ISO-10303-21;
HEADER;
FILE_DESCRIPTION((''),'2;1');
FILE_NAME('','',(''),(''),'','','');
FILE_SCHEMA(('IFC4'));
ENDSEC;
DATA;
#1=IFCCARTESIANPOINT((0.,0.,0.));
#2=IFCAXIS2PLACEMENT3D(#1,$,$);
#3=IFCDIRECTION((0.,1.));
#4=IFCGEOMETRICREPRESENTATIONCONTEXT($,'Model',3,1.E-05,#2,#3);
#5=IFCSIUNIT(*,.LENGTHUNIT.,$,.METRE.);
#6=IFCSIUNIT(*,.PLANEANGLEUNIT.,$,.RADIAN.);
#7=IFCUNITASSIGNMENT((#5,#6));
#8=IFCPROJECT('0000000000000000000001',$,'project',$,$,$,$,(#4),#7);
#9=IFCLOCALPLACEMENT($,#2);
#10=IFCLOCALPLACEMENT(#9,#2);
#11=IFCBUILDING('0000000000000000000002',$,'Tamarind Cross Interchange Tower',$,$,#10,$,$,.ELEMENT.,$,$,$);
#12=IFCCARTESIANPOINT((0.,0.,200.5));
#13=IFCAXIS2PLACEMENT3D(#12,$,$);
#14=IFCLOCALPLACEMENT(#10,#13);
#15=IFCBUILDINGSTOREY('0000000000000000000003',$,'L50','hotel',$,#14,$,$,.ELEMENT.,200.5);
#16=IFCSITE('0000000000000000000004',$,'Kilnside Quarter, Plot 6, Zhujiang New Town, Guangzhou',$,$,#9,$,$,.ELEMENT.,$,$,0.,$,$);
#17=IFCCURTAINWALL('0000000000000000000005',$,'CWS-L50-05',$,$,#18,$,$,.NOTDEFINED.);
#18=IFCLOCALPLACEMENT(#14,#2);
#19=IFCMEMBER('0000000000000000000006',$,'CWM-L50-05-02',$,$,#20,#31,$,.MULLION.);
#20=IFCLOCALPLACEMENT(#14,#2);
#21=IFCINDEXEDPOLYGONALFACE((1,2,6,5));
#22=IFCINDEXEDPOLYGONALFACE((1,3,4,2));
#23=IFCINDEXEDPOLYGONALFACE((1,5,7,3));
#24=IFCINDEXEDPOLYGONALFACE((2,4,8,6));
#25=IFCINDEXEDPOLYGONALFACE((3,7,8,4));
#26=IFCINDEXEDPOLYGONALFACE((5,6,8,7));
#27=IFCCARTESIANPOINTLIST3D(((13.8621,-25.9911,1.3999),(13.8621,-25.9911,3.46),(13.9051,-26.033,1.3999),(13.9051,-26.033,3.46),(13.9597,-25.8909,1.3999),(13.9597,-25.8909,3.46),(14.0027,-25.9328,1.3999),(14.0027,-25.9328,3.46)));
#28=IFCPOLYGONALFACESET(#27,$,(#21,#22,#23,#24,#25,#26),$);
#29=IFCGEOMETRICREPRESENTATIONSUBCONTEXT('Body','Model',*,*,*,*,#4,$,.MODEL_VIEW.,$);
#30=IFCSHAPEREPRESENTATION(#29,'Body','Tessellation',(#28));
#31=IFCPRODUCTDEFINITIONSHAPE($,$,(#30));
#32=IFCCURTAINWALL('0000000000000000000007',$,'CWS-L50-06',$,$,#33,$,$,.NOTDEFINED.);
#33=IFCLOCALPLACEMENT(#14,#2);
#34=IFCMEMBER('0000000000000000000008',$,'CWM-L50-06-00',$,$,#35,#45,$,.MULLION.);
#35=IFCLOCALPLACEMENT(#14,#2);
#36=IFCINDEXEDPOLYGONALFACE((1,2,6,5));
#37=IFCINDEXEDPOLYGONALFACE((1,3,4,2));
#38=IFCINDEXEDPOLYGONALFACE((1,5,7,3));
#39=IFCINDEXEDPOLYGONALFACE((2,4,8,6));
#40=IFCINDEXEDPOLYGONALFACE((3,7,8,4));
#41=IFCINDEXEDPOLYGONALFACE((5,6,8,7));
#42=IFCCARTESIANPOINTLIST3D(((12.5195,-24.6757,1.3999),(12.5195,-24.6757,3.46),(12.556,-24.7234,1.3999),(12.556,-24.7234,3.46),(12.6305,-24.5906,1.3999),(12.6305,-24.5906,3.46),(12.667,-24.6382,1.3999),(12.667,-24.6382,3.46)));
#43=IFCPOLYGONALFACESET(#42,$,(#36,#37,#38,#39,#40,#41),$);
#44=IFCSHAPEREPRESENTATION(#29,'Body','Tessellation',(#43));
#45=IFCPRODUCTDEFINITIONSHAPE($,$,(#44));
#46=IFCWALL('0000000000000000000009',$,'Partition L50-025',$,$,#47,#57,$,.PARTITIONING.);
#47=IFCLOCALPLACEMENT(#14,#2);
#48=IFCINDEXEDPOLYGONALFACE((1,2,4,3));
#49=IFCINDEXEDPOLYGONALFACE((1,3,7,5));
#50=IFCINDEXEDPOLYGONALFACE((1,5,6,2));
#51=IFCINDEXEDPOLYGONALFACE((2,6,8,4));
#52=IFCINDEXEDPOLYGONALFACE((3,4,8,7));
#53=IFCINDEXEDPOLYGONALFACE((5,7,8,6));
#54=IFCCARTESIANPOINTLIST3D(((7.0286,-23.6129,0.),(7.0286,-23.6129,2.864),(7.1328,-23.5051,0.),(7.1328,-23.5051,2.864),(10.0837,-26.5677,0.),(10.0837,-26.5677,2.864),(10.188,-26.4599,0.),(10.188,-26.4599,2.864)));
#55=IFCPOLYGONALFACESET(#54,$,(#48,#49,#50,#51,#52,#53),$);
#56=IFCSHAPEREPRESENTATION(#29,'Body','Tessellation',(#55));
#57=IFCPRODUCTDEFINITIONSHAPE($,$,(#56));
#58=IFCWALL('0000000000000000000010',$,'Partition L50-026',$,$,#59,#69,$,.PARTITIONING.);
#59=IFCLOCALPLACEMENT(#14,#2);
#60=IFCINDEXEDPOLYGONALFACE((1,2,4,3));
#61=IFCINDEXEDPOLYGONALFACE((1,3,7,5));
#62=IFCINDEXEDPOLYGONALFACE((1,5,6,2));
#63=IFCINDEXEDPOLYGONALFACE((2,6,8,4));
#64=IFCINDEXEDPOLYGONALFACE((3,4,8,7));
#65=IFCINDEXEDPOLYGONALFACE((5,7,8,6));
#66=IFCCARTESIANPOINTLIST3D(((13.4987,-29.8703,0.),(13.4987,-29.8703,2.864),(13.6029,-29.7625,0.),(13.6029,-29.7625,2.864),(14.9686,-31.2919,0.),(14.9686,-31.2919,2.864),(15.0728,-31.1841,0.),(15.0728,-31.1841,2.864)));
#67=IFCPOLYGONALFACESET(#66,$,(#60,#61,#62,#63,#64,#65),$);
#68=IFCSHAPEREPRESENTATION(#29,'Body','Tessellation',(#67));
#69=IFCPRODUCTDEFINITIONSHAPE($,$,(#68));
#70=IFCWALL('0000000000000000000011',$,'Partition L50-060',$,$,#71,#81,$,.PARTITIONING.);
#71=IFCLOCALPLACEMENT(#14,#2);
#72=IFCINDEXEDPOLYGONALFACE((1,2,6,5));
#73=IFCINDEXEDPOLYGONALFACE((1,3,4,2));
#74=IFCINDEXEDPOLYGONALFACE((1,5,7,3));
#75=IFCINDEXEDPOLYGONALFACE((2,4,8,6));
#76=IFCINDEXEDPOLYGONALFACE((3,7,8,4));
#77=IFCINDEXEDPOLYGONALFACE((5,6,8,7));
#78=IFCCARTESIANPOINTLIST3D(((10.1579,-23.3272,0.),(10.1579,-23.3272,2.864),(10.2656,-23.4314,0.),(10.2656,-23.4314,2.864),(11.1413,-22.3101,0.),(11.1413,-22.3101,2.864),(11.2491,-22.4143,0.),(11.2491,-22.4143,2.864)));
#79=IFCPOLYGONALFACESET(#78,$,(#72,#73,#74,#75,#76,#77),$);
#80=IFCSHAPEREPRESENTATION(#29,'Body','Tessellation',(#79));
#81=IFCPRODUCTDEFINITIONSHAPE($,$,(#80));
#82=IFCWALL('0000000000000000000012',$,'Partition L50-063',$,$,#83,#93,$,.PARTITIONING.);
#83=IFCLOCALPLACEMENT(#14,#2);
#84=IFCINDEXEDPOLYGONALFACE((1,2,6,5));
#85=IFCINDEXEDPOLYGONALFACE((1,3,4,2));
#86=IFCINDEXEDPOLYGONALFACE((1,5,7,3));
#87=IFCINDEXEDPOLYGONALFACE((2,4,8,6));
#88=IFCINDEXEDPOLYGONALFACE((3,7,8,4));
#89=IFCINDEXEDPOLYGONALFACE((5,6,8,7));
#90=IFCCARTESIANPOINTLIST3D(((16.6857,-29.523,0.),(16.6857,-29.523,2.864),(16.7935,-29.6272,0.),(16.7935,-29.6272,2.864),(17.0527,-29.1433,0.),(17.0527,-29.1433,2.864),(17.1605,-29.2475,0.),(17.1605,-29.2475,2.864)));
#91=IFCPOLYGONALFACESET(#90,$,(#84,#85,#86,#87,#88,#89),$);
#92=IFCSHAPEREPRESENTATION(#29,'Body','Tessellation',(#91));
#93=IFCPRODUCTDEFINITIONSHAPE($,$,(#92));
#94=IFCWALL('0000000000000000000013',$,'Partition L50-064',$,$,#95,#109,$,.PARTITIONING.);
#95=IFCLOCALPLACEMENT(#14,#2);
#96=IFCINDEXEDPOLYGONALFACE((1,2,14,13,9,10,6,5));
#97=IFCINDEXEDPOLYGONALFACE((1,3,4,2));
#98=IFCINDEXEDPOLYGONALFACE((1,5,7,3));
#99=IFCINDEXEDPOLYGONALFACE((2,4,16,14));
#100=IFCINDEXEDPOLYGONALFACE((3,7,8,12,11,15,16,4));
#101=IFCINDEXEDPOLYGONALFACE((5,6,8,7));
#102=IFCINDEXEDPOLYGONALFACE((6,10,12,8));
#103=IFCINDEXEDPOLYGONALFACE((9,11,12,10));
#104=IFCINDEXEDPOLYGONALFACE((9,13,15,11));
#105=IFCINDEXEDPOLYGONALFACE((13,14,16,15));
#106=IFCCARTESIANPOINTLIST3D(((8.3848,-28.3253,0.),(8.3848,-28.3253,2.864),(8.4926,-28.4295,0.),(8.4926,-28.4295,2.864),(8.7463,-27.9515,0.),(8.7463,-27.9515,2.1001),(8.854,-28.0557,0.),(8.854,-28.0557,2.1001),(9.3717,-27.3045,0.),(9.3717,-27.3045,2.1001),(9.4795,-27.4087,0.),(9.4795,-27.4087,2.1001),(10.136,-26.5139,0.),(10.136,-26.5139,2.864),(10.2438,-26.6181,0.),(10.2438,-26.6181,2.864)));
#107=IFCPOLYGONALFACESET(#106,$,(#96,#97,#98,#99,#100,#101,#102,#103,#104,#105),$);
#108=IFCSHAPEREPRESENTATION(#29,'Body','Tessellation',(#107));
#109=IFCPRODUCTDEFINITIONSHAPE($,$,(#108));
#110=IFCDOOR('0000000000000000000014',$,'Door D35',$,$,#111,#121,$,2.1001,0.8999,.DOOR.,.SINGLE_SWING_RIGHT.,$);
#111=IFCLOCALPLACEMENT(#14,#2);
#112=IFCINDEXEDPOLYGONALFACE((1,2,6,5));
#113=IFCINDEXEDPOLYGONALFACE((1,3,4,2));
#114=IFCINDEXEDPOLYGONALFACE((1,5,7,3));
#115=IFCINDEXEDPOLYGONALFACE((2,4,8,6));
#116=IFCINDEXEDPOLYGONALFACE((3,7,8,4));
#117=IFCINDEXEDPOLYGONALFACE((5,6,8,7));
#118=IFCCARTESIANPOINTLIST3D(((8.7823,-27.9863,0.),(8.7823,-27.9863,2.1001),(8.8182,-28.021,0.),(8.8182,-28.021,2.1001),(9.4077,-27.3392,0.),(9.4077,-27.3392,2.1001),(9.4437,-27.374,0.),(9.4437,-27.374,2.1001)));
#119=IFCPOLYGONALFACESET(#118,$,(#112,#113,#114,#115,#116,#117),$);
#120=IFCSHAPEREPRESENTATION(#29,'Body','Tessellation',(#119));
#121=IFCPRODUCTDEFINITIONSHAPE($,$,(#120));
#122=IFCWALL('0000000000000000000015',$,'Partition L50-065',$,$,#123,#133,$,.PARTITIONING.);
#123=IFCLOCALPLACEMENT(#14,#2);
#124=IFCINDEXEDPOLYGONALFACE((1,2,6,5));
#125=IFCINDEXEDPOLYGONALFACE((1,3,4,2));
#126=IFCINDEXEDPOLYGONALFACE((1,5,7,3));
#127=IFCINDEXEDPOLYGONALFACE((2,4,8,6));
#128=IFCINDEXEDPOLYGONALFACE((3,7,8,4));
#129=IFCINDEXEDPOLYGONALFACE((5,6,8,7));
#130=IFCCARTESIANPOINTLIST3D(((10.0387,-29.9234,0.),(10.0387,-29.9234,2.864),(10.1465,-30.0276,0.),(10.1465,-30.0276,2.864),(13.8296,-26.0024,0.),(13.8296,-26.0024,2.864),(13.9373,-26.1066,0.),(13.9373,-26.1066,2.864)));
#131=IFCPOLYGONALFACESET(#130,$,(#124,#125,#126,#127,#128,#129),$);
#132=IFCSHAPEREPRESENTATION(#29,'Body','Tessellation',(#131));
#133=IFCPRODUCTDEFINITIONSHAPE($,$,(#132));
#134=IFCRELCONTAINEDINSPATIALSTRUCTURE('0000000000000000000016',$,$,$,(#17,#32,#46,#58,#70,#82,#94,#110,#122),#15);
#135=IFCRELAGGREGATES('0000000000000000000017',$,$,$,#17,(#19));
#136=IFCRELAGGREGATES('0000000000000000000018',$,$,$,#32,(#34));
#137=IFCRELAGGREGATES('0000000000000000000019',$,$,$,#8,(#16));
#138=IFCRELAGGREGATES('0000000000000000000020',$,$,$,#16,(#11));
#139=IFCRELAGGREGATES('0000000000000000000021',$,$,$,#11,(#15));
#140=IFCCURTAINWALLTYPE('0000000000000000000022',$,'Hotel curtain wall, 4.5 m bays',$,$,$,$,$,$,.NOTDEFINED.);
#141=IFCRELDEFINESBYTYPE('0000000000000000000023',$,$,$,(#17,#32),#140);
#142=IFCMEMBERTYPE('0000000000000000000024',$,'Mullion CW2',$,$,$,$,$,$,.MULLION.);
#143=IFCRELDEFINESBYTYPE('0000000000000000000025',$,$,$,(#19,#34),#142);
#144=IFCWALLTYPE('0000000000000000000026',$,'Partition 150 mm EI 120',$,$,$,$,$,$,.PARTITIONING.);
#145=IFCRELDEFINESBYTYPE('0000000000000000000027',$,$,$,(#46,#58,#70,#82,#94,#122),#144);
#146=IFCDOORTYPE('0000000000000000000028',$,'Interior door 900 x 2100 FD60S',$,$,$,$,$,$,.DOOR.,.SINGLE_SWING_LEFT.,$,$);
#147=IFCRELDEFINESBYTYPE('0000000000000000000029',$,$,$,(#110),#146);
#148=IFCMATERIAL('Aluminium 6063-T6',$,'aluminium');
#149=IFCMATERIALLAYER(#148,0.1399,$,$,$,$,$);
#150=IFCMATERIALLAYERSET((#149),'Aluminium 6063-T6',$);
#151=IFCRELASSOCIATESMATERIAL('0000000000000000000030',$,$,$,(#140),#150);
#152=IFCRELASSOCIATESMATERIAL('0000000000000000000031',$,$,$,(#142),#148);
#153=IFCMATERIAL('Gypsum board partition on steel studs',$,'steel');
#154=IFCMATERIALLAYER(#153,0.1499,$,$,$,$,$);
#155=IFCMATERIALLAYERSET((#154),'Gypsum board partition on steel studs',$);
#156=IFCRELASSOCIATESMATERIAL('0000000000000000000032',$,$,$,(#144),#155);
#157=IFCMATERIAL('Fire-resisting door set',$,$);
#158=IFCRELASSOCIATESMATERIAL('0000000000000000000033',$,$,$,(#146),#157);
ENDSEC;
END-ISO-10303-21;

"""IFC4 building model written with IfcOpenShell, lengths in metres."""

from ifc_helpers import new_model, si_unit, direction, frame, frame_2d, origin, origin_2d, place, context, subcontext, project, spatial, rectangle, extrude, material, layer, layer_set, material_profile, profile_set, type_object, element, fill, aggregate, save


model = new_model("IFC4")

# Units and contexts
model_context = context("Model", 3, precision=1e-05, world=origin(), true_north=direction((0.0, 1.0)))
body_context = subcontext(model_context, "Body", "Model", "MODEL_VIEW")
ifc_project = project(units=[si_unit("LENGTHUNIT", "METRE"), si_unit("PLANEANGLEUNIT", "RADIAN")], contexts=[model_context])

# Site, building, storey
site_placement = place(None, origin())
site = spatial("IfcSite", under=ifc_project, at=site_placement, Name="Kilnside Quarter, Plot 6, Zhujiang New Town, Guangzhou", CompositionType="ELEMENT", RefElevation=0.0)
building_placement = place(site_placement, origin())
building = spatial("IfcBuilding", under=site, at=building_placement, Name="Tamarind Cross Interchange Tower", CompositionType="ELEMENT")
storey_placement = place(building_placement, frame((0.0, 0.0, 200.5)))
storey = spatial("IfcBuildingStorey", under=building, at=storey_placement, Name="L50", Description="hotel", CompositionType="ELEMENT", Elevation=200.5)

# Curtain wall, member
ifc_material_1 = material(Name="Aluminium 6063-T6", Category="aluminium")
ifc_layer_1 = layer(ifc_material_1, 0.1399)
ifc_layer_set_1 = layer_set([ifc_layer_1], Name="Aluminium 6063-T6")
curtain_wall_type = type_object("IfcCurtainWallType", Name="Hotel curtain wall, 4.5 m bays", PredefinedType="NOTDEFINED", material=ifc_layer_set_1)
curtain_wall_1_placement = place(storey_placement, origin())
curtain_wall_1 = element("IfcCurtainWall", 1, at=curtain_wall_1_placement, inside=storey, type_object=curtain_wall_type, Name="CWS-L50-05", PredefinedType="NOTDEFINED")
ifc_material_profile_1 = material_profile(ifc_material_1, rectangle(XDim=0.0601, YDim=0.1399, at=origin_2d()), Name="Mullion CW2")
ifc_profile_set_1 = profile_set([ifc_material_profile_1], Name="Aluminium 6063-T6")
member_type = type_object("IfcMemberType", Name="Mullion CW2", PredefinedType="MULLION", material=ifc_profile_set_1)
member_1_placement = place(storey_placement, frame((13.9324, -25.9619, 1.3999), z_axis=(0.0, 0.0, 1.0), x_axis=(-0.716215, 0.69788, 0.0)))
member_1 = element("IfcMember", 2, at=member_1_placement, type_object=member_type, Name="CWM-L50-05-02", PredefinedType="MULLION", context=body_context, shape_type="SweptSolid", body=[
    extrude(rectangle(XDim=0.0601, YDim=0.1399, at=origin_2d()), origin(), (0.0, 0.0, 1.0), 2.0601),
])
aggregate(curtain_wall_1, [member_1])

# Curtain wall, member
curtain_wall_2_placement = place(storey_placement, origin())
curtain_wall_2 = element("IfcCurtainWall", 3, at=curtain_wall_2_placement, inside=storey, type_object=curtain_wall_type, Name="CWS-L50-06", PredefinedType="NOTDEFINED")
member_2_placement = place(storey_placement, frame((12.5933, -24.657, 1.3999), z_axis=(0.0, 0.0, 1.0), x_axis=(-0.608576, 0.793496, 0.0)))
member_2 = element("IfcMember", 4, at=member_2_placement, type_object=member_type, Name="CWM-L50-06-00", PredefinedType="MULLION", context=body_context, shape_type="SweptSolid", body=[
    extrude(rectangle(XDim=0.0601, YDim=0.1399, at=origin_2d()), origin(), (0.0, 0.0, 1.0), 2.0601),
])
aggregate(curtain_wall_2, [member_2])

# Walls
ifc_material_2 = material(Name="Gypsum board partition on steel studs", Category="steel")
ifc_layer_2 = layer(ifc_material_2, 0.1499)
ifc_layer_set_2 = layer_set([ifc_layer_2], Name="Gypsum board partition on steel studs")
wall_type = type_object("IfcWallType", Name="Partition 150 mm EI 120", PredefinedType="PARTITIONING", material=ifc_layer_set_2)
wall_1_placement = place(storey_placement, frame((7.0808, -23.5591, 0.0), z_axis=(0.0, 0.0, 1.0), x_axis=(0.718812, -0.695204, 0.0)))
element("IfcWall", 5, at=wall_1_placement, inside=storey, type_object=wall_type, Name="Partition L50-025", PredefinedType="PARTITIONING", context=body_context, shape_type="SweptSolid", body=[
    extrude(rectangle(XDim=4.2502, YDim=0.1499, at=frame_2d((2.125, 0.0))), origin(), (0.0, 0.0, 1.0), 2.864),
])
wall_2_placement = place(storey_placement, frame((13.5508, -29.8164, 0.0), z_axis=(0.0, 0.0, 1.0), x_axis=(0.718827, -0.695189, 0.0)))
element("IfcWall", 6, at=wall_2_placement, inside=storey, type_object=wall_type, Name="Partition L50-026", PredefinedType="PARTITIONING", context=body_context, shape_type="SweptSolid", body=[
    extrude(rectangle(XDim=2.0449, YDim=0.1499, at=frame_2d((1.0225, 0.0))), origin(), (0.0, 0.0, 1.0), 2.864),
])
wall_3_placement = place(storey_placement, frame((10.2117, -23.3794, 0.0), z_axis=(0.0, 0.0, 1.0), x_axis=(0.695099, 0.718914, 0.0)))
element("IfcWall", 7, at=wall_3_placement, inside=storey, type_object=wall_type, Name="Partition L50-060", PredefinedType="PARTITIONING", context=body_context, shape_type="SweptSolid", body=[
    extrude(rectangle(XDim=1.4148, YDim=0.1499, at=frame_2d((0.7075, 0.0))), origin(), (0.0, 0.0, 1.0), 2.864),
])
wall_4_placement = place(storey_placement, frame((16.7395, -29.5752, 0.0), z_axis=(0.0, 0.0, 1.0), x_axis=(0.694982, 0.719027, 0.0)))
element("IfcWall", 8, at=wall_4_placement, inside=storey, type_object=wall_type, Name="Partition L50-063", PredefinedType="PARTITIONING", context=body_context, shape_type="SweptSolid", body=[
    extrude(rectangle(XDim=0.5281, YDim=0.1499, at=frame_2d((0.2642, 0.0))), origin(), (0.0, 0.0, 1.0), 2.864),
])

# Wall, opening, door
wall_5_placement = place(storey_placement, frame((8.4387, -28.3774, 0.0), z_axis=(0.0, 0.0, 1.0), x_axis=(0.695039, 0.718972, 0.0)))
wall_5 = element("IfcWall", 9, at=wall_5_placement, inside=storey, type_object=wall_type, Name="Partition L50-064", PredefinedType="PARTITIONING", context=body_context, shape_type="SweptSolid", body=[
    extrude(rectangle(XDim=2.5195, YDim=0.1499, at=frame_2d((1.2598, 0.0))), origin(), (0.0, 0.0, 1.0), 2.864),
])
opening_placement = place(wall_5_placement, frame((0.52, 0.0, 0.0)))
opening = element("IfcOpeningElement", 10, at=opening_placement, cuts=wall_5, PredefinedType="OPENING", context=body_context, shape_type="SweptSolid", body=[
    extrude(rectangle(XDim=0.8999, YDim=2.1001, at=frame_2d((0.45, 1.05))), frame((0.0, 0.085, 0.0), z_axis=(0.0, -1.0, 0.0), x_axis=(1.0, 0.0, 0.0)), (0.0, 0.0, 1.0), 0.1699),
])
ifc_material_3 = material(Name="Fire-resisting door set")
door_type = type_object("IfcDoorType", Name="Interior door 900 x 2100 FD60S", OperationType="SINGLE_SWING_LEFT", PredefinedType="DOOR", material=ifc_material_3)
door_placement = place(opening_placement, origin())
door = element("IfcDoor", 11, at=door_placement, inside=storey, type_object=door_type, Name="Door D35", OperationType="SINGLE_SWING_RIGHT", OverallHeight=2.1001, OverallWidth=0.8999, PredefinedType="DOOR", context=body_context, shape_type="SweptSolid", body=[
    extrude(rectangle(XDim=0.8999, YDim=2.1001, at=frame_2d((0.45, 1.05))), frame((0.0, 0.0249, 0.0), z_axis=(0.0, -1.0, 0.0), x_axis=(1.0, 0.0, 0.0)), (0.0, 0.0, 1.0), 0.05),
])
fill(opening, door)

# Wall
wall_6_placement = place(storey_placement, frame((10.0925, -29.9756, 0.0), z_axis=(0.0, 0.0, 1.0), x_axis=(0.695076, 0.718936, 0.0)))
element("IfcWall", 12, at=wall_6_placement, inside=storey, type_object=wall_type, Name="Partition L50-065", PredefinedType="PARTITIONING", context=body_context, shape_type="SweptSolid", body=[
    extrude(rectangle(XDim=5.4539, YDim=0.1499, at=frame_2d((2.7271, 0.0))), origin(), (0.0, 0.0, 1.0), 2.864),
])

save(model, "model.ifc")
